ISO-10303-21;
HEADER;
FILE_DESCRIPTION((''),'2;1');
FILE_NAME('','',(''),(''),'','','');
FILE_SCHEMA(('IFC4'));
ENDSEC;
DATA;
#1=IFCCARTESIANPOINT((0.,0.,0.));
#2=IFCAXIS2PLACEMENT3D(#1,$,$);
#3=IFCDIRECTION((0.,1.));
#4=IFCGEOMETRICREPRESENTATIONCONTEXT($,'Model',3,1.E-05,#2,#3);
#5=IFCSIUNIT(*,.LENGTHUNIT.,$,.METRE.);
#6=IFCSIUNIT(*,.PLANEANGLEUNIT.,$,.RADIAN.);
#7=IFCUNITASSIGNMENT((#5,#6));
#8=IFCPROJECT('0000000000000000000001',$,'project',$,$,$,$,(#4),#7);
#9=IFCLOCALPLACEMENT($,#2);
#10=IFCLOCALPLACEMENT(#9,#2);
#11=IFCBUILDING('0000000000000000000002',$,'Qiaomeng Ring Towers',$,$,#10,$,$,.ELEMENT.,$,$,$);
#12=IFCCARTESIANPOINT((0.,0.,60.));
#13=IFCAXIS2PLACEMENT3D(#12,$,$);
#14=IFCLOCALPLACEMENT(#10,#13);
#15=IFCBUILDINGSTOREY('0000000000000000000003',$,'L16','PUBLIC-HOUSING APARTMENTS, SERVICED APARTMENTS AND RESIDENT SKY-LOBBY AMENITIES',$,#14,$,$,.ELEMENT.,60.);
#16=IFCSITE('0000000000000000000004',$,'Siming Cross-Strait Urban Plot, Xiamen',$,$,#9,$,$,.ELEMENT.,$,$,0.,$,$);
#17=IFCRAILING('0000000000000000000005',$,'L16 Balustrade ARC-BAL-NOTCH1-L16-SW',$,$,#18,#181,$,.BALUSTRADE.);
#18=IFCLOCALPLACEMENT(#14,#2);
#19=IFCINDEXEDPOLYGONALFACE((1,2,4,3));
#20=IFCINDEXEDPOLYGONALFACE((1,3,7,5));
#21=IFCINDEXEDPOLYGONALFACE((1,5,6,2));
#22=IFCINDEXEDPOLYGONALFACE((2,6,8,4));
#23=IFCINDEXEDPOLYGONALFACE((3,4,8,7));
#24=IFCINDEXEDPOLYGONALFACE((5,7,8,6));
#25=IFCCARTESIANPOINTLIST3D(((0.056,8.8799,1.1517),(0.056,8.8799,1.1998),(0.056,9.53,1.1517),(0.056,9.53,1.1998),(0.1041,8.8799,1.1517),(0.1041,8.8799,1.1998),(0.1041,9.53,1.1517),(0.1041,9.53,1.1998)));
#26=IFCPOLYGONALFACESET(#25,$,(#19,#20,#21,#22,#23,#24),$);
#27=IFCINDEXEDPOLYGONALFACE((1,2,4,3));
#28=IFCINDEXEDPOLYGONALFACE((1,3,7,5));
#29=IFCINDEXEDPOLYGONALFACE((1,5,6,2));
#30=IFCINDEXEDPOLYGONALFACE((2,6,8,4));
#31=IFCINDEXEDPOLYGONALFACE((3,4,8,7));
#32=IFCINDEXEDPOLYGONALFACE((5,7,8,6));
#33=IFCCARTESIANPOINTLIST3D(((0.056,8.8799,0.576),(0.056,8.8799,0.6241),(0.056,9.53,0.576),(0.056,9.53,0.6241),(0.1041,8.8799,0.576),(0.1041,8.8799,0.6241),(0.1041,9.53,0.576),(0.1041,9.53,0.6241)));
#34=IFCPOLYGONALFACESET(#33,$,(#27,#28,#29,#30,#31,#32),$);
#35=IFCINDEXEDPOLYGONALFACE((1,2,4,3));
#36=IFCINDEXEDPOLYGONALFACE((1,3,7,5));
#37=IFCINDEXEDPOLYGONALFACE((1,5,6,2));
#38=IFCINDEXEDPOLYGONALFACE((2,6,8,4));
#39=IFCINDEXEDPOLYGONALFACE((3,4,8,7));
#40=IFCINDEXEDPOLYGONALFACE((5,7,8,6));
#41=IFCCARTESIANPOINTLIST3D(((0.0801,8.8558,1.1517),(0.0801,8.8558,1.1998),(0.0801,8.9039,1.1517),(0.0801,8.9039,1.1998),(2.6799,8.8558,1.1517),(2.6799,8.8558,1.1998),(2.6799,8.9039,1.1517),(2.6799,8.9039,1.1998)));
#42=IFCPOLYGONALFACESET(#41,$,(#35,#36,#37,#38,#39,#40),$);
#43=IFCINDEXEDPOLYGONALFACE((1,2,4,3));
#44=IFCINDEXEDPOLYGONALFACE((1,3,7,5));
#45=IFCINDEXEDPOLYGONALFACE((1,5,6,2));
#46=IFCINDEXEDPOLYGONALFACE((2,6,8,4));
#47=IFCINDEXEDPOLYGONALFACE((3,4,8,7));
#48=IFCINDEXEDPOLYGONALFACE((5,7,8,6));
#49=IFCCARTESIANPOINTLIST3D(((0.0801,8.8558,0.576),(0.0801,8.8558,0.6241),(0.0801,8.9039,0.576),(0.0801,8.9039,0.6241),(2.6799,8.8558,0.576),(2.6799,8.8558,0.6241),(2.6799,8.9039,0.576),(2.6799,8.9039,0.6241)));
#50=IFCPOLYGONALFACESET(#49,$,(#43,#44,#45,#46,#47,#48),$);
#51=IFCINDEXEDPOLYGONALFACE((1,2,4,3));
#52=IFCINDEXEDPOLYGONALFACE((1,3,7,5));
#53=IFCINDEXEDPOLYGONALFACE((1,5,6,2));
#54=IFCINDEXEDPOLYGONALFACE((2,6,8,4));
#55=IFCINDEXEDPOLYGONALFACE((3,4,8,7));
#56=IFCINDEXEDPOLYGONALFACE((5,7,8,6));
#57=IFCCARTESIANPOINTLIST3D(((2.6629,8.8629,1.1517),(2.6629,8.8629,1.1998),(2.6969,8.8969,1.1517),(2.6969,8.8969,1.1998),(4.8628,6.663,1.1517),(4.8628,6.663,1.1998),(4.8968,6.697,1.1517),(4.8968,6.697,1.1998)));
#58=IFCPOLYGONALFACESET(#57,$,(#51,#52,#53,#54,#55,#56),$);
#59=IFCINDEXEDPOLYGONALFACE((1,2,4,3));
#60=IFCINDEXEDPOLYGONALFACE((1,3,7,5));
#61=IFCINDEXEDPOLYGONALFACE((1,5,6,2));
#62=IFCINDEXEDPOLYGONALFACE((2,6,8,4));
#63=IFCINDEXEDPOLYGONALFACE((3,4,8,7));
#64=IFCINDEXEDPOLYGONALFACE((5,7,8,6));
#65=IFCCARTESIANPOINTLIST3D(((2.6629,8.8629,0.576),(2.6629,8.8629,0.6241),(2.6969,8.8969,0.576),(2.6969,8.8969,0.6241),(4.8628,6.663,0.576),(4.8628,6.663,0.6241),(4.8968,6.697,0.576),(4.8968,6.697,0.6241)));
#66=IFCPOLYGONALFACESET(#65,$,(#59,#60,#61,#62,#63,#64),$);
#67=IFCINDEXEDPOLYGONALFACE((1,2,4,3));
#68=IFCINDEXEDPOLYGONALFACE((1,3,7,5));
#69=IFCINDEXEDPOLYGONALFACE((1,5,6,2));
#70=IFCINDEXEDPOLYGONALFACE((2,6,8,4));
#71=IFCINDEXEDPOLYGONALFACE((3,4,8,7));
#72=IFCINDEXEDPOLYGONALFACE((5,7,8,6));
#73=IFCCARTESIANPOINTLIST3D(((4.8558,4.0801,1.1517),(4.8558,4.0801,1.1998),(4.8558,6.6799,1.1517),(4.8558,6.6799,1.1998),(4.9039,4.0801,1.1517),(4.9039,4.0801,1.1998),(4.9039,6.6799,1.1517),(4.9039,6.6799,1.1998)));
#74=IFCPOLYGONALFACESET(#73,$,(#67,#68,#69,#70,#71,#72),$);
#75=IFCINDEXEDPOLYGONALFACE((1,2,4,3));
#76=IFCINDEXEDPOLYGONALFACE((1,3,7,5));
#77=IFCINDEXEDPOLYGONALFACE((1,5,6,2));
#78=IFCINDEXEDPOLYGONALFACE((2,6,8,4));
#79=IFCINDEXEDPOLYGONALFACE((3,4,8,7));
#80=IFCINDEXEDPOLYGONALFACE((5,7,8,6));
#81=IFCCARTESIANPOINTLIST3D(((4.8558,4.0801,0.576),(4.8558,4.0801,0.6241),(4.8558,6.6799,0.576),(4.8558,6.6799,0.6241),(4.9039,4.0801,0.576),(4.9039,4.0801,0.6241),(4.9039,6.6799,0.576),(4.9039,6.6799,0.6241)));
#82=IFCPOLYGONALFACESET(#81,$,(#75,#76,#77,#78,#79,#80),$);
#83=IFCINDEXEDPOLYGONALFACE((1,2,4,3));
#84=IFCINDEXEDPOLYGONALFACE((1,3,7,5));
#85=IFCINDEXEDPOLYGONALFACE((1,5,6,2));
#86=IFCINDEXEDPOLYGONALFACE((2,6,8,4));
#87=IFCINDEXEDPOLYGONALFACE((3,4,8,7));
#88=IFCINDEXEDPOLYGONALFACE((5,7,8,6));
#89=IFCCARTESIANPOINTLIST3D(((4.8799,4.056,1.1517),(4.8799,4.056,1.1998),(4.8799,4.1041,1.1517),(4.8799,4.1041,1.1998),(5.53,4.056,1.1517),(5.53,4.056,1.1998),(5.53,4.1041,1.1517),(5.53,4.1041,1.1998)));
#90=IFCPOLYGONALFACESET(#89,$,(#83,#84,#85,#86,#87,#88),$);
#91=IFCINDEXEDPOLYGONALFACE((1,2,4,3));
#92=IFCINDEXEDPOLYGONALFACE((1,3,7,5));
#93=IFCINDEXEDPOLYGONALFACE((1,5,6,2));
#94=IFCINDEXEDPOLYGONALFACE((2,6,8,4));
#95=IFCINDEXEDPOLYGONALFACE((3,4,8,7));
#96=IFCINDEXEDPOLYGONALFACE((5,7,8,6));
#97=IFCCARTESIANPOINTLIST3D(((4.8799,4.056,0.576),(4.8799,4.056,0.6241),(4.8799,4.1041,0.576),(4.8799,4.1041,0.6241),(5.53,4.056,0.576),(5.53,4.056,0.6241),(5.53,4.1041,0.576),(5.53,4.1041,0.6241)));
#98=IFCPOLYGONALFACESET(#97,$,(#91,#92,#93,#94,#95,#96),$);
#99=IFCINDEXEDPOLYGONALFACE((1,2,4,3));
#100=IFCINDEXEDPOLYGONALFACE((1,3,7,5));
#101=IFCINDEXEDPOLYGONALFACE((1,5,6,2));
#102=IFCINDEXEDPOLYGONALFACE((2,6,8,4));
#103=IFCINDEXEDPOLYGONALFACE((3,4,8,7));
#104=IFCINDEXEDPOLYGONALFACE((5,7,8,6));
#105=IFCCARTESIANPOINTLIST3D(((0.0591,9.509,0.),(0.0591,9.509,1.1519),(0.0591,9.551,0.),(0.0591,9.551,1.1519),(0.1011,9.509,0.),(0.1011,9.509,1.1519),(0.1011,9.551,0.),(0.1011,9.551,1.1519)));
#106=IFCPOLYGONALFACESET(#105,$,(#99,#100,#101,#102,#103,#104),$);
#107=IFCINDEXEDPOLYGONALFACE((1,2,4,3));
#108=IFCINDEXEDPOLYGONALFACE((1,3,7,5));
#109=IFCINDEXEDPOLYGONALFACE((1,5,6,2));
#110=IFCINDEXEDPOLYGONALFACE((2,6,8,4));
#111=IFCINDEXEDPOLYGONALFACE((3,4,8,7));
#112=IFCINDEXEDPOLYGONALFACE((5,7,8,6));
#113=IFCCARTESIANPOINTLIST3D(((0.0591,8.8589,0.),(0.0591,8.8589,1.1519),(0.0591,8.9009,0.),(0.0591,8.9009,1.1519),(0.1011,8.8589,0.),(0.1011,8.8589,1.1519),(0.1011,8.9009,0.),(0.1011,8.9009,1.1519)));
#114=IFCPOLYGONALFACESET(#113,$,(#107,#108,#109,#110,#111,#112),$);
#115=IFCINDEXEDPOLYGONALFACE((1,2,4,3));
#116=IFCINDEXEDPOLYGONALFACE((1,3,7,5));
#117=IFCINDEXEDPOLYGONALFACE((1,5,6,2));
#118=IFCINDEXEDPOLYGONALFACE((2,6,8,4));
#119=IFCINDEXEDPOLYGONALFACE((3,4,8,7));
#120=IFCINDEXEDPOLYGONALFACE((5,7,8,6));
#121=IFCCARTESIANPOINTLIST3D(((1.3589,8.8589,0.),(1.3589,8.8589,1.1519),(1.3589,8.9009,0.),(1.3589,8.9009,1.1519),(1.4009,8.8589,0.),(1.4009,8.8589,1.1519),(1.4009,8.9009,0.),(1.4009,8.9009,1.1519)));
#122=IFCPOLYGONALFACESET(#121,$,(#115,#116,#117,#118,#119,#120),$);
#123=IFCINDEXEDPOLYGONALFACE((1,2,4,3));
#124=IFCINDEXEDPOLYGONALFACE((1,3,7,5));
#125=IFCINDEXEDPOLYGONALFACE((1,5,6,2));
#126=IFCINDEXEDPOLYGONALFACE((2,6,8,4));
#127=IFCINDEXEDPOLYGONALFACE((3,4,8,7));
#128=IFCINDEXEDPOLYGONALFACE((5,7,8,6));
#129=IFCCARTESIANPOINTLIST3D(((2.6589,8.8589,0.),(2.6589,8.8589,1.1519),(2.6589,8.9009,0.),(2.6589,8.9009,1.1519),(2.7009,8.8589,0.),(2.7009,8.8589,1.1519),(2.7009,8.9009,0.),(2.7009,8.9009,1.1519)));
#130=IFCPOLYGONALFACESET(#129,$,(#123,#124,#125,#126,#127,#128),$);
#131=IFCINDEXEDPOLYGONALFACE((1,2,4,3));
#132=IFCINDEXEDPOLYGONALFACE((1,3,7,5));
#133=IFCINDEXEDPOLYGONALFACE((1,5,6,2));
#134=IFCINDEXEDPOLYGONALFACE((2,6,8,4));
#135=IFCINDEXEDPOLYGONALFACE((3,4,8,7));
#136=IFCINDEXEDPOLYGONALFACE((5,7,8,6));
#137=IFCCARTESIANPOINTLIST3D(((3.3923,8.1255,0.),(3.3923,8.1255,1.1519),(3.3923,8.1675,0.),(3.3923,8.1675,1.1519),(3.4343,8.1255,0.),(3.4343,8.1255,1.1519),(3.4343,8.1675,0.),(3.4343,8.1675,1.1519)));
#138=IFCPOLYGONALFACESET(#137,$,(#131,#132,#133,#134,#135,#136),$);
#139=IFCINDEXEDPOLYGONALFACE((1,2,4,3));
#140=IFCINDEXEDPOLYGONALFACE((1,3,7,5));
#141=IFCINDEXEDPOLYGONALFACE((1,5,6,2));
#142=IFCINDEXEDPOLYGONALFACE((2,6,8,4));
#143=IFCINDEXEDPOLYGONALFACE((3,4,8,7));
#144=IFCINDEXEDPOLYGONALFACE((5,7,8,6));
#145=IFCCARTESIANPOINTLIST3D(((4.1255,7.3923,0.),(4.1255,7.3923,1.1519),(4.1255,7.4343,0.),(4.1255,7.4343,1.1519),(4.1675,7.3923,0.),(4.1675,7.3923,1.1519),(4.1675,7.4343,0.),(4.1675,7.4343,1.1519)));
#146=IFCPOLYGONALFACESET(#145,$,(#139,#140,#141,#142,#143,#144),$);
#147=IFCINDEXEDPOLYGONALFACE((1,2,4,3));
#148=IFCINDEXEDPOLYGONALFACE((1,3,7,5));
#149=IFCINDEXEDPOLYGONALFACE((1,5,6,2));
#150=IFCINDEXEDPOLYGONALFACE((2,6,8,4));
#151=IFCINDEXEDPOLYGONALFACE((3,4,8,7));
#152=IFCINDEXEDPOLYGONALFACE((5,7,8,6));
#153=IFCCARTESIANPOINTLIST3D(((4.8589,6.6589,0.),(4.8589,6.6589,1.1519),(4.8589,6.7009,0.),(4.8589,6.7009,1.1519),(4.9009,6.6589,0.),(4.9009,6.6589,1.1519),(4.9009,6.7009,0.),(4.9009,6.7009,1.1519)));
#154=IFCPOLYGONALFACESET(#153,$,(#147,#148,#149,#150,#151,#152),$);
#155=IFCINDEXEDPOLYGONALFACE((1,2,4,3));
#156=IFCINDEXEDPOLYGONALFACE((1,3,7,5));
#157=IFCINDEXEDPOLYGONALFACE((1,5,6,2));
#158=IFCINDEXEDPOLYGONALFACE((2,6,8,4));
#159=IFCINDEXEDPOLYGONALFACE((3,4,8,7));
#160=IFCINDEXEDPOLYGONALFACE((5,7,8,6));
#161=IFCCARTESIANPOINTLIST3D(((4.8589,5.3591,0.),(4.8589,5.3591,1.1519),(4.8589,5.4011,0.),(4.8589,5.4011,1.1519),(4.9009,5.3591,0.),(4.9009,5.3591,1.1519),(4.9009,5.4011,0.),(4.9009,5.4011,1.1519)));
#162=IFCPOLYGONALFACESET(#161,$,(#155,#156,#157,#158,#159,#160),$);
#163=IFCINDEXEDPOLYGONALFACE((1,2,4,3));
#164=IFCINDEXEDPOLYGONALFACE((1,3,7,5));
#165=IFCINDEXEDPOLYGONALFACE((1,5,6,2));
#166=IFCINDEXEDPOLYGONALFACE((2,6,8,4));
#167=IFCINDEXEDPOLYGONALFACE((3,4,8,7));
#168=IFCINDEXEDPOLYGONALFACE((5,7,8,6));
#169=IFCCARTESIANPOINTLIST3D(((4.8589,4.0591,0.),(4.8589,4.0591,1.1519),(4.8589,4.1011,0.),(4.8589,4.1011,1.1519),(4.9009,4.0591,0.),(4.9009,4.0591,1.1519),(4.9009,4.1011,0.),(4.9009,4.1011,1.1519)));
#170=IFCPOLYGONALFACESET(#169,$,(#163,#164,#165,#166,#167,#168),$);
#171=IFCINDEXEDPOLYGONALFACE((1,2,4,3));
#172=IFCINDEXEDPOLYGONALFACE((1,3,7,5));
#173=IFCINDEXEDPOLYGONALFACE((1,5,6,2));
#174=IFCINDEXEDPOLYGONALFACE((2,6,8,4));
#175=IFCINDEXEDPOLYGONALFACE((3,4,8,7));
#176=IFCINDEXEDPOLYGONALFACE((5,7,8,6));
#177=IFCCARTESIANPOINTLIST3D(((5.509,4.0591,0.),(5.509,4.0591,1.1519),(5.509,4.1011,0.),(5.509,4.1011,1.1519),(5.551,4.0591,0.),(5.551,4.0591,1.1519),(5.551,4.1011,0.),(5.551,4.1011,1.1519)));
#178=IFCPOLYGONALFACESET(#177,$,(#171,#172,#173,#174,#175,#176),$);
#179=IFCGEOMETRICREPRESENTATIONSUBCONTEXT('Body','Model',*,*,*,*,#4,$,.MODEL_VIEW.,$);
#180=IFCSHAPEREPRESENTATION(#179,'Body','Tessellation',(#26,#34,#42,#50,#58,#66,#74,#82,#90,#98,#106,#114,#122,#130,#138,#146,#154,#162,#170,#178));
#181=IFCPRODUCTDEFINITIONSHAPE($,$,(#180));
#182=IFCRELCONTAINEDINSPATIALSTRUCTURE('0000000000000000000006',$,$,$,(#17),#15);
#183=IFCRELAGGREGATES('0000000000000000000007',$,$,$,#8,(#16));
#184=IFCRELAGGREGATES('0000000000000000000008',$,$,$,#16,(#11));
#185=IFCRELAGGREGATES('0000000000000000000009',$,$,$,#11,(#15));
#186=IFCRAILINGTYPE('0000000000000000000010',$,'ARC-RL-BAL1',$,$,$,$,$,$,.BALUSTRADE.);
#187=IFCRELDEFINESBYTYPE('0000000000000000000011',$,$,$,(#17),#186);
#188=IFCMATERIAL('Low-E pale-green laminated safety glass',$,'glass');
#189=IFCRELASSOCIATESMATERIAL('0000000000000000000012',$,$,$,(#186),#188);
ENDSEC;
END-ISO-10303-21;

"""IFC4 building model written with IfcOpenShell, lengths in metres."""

from ifc_helpers import new_model, si_unit, direction, frame, origin, origin_2d, place, context, subcontext, project, spatial, rectangle, extrude, material, type_object, element, save


model = new_model("IFC4")

# Units and contexts
model_context = context("Model", 3, precision=1e-05, world=origin(), true_north=direction((0.0, 1.0)))
body_context = subcontext(model_context, "Body", "Model", "MODEL_VIEW")
ifc_project = project(units=[si_unit("LENGTHUNIT", "METRE"), si_unit("PLANEANGLEUNIT", "RADIAN")], contexts=[model_context])

# Site, building, storey
site_placement = place(None, origin())
site = spatial("IfcSite", under=ifc_project, at=site_placement, Name="Siming Cross-Strait Urban Plot, Xiamen", CompositionType="ELEMENT", RefElevation=0.0)
building_placement = place(site_placement, origin())
building = spatial("IfcBuilding", under=site, at=building_placement, Name="Qiaomeng Ring Towers", CompositionType="ELEMENT")
storey_placement = place(building_placement, frame((0.0, 0.0, 60.0)))
storey = spatial("IfcBuildingStorey", under=building, at=storey_placement, Name="L16", Description="PUBLIC-HOUSING APARTMENTS, SERVICED APARTMENTS AND RESIDENT SKY-LOBBY AMENITIES", CompositionType="ELEMENT", Elevation=60.0)

# Railing
ifc_material_1 = material(Name="Low-E pale-green laminated safety glass", Category="glass")
railing_type = type_object("IfcRailingType", Name="ARC-RL-BAL1", PredefinedType="BALUSTRADE", material=ifc_material_1)
railing_1_placement = place(storey_placement, frame((0.0801, 9.53, 0.0)))
element("IfcRailing", 1, at=railing_1_placement, inside=storey, type_object=railing_type, Name="L16 Balustrade ARC-BAL-NOTCH1-L16-SW", PredefinedType="BALUSTRADE", context=body_context, shape_type="SweptSolid", body=[
    extrude(rectangle(XDim=0.0481, YDim=0.0481, at=origin_2d()), frame((0.0, 0.0, 1.1758), z_axis=(0.0, -1.0, 0.0), x_axis=(1.0, 0.0, 0.0)), (0.0, 0.0, 1.0), 0.6501),
    extrude(rectangle(XDim=0.0481, YDim=0.0481, at=origin_2d()), frame((0.0, 0.0, 0.6001), z_axis=(0.0, -1.0, 0.0), x_axis=(1.0, 0.0, 0.0)), (0.0, 0.0, 1.0), 0.6501),
    extrude(rectangle(XDim=0.0481, YDim=0.0481, at=origin_2d()), frame((0.0, -0.6501, 1.1758), z_axis=(1.0, 0.0, 0.0), x_axis=(0.0, 1.0, 0.0)), (0.0, 0.0, 1.0), 2.5999),
    extrude(rectangle(XDim=0.0481, YDim=0.0481, at=origin_2d()), frame((0.0, -0.6501, 0.6001), z_axis=(1.0, 0.0, 0.0), x_axis=(0.0, 1.0, 0.0)), (0.0, 0.0, 1.0), 2.5999),
    extrude(rectangle(XDim=0.0481, YDim=0.0481, at=origin_2d()), frame((2.5999, -0.6501, 1.1758), z_axis=(0.707107, -0.707107, 0.0), x_axis=(0.707107, 0.707107, 0.0)), (0.0, 0.0, 1.0), 3.1111),
    extrude(rectangle(XDim=0.0481, YDim=0.0481, at=origin_2d()), frame((2.5999, -0.6501, 0.6001), z_axis=(0.707107, -0.707107, 0.0), x_axis=(0.707107, 0.707107, 0.0)), (0.0, 0.0, 1.0), 3.1111),
    extrude(rectangle(XDim=0.0481, YDim=0.0481, at=origin_2d()), frame((4.7998, -2.8501, 1.1758), z_axis=(0.0, -1.0, 0.0), x_axis=(1.0, 0.0, 0.0)), (0.0, 0.0, 1.0), 2.5999),
    extrude(rectangle(XDim=0.0481, YDim=0.0481, at=origin_2d()), frame((4.7998, -2.8501, 0.6001), z_axis=(0.0, -1.0, 0.0), x_axis=(1.0, 0.0, 0.0)), (0.0, 0.0, 1.0), 2.5999),
    extrude(rectangle(XDim=0.0481, YDim=0.0481, at=origin_2d()), frame((4.7998, -5.45, 1.1758), z_axis=(1.0, 0.0, 0.0), x_axis=(0.0, 1.0, 0.0)), (0.0, 0.0, 1.0), 0.6501),
    extrude(rectangle(XDim=0.0481, YDim=0.0481, at=origin_2d()), frame((4.7998, -5.45, 0.6001), z_axis=(1.0, 0.0, 0.0), x_axis=(0.0, 1.0, 0.0)), (0.0, 0.0, 1.0), 0.6501),
    extrude(rectangle(XDim=0.042, YDim=0.042, at=origin_2d()), origin(), (0.0, 0.0, 1.0), 1.1519),
    extrude(rectangle(XDim=0.042, YDim=0.042, at=origin_2d()), frame((0.0, -0.6501, 0.0)), (0.0, 0.0, 1.0), 1.1519),
    extrude(rectangle(XDim=0.042, YDim=0.042, at=origin_2d()), frame((1.2998, -0.6501, 0.0)), (0.0, 0.0, 1.0), 1.1519),
    extrude(rectangle(XDim=0.042, YDim=0.042, at=origin_2d()), frame((2.5999, -0.6501, 0.0)), (0.0, 0.0, 1.0), 1.1519),
    extrude(rectangle(XDim=0.042, YDim=0.042, at=origin_2d()), frame((3.3333, -1.3835, 0.0)), (0.0, 0.0, 1.0), 1.1519),
    extrude(rectangle(XDim=0.042, YDim=0.042, at=origin_2d()), frame((4.0664, -2.1167, 0.0)), (0.0, 0.0, 1.0), 1.1519),
    extrude(rectangle(XDim=0.042, YDim=0.042, at=origin_2d()), frame((4.7998, -2.8501, 0.0)), (0.0, 0.0, 1.0), 1.1519),
    extrude(rectangle(XDim=0.042, YDim=0.042, at=origin_2d()), frame((4.7998, -4.1499, 0.0)), (0.0, 0.0, 1.0), 1.1519),
    extrude(rectangle(XDim=0.042, YDim=0.042, at=origin_2d()), frame((4.7998, -5.45, 0.0)), (0.0, 0.0, 1.0), 1.1519),
    extrude(rectangle(XDim=0.042, YDim=0.042, at=origin_2d()), frame((5.45, -5.45, 0.0)), (0.0, 0.0, 1.0), 1.1519),
])

save(model, "model.ifc")
